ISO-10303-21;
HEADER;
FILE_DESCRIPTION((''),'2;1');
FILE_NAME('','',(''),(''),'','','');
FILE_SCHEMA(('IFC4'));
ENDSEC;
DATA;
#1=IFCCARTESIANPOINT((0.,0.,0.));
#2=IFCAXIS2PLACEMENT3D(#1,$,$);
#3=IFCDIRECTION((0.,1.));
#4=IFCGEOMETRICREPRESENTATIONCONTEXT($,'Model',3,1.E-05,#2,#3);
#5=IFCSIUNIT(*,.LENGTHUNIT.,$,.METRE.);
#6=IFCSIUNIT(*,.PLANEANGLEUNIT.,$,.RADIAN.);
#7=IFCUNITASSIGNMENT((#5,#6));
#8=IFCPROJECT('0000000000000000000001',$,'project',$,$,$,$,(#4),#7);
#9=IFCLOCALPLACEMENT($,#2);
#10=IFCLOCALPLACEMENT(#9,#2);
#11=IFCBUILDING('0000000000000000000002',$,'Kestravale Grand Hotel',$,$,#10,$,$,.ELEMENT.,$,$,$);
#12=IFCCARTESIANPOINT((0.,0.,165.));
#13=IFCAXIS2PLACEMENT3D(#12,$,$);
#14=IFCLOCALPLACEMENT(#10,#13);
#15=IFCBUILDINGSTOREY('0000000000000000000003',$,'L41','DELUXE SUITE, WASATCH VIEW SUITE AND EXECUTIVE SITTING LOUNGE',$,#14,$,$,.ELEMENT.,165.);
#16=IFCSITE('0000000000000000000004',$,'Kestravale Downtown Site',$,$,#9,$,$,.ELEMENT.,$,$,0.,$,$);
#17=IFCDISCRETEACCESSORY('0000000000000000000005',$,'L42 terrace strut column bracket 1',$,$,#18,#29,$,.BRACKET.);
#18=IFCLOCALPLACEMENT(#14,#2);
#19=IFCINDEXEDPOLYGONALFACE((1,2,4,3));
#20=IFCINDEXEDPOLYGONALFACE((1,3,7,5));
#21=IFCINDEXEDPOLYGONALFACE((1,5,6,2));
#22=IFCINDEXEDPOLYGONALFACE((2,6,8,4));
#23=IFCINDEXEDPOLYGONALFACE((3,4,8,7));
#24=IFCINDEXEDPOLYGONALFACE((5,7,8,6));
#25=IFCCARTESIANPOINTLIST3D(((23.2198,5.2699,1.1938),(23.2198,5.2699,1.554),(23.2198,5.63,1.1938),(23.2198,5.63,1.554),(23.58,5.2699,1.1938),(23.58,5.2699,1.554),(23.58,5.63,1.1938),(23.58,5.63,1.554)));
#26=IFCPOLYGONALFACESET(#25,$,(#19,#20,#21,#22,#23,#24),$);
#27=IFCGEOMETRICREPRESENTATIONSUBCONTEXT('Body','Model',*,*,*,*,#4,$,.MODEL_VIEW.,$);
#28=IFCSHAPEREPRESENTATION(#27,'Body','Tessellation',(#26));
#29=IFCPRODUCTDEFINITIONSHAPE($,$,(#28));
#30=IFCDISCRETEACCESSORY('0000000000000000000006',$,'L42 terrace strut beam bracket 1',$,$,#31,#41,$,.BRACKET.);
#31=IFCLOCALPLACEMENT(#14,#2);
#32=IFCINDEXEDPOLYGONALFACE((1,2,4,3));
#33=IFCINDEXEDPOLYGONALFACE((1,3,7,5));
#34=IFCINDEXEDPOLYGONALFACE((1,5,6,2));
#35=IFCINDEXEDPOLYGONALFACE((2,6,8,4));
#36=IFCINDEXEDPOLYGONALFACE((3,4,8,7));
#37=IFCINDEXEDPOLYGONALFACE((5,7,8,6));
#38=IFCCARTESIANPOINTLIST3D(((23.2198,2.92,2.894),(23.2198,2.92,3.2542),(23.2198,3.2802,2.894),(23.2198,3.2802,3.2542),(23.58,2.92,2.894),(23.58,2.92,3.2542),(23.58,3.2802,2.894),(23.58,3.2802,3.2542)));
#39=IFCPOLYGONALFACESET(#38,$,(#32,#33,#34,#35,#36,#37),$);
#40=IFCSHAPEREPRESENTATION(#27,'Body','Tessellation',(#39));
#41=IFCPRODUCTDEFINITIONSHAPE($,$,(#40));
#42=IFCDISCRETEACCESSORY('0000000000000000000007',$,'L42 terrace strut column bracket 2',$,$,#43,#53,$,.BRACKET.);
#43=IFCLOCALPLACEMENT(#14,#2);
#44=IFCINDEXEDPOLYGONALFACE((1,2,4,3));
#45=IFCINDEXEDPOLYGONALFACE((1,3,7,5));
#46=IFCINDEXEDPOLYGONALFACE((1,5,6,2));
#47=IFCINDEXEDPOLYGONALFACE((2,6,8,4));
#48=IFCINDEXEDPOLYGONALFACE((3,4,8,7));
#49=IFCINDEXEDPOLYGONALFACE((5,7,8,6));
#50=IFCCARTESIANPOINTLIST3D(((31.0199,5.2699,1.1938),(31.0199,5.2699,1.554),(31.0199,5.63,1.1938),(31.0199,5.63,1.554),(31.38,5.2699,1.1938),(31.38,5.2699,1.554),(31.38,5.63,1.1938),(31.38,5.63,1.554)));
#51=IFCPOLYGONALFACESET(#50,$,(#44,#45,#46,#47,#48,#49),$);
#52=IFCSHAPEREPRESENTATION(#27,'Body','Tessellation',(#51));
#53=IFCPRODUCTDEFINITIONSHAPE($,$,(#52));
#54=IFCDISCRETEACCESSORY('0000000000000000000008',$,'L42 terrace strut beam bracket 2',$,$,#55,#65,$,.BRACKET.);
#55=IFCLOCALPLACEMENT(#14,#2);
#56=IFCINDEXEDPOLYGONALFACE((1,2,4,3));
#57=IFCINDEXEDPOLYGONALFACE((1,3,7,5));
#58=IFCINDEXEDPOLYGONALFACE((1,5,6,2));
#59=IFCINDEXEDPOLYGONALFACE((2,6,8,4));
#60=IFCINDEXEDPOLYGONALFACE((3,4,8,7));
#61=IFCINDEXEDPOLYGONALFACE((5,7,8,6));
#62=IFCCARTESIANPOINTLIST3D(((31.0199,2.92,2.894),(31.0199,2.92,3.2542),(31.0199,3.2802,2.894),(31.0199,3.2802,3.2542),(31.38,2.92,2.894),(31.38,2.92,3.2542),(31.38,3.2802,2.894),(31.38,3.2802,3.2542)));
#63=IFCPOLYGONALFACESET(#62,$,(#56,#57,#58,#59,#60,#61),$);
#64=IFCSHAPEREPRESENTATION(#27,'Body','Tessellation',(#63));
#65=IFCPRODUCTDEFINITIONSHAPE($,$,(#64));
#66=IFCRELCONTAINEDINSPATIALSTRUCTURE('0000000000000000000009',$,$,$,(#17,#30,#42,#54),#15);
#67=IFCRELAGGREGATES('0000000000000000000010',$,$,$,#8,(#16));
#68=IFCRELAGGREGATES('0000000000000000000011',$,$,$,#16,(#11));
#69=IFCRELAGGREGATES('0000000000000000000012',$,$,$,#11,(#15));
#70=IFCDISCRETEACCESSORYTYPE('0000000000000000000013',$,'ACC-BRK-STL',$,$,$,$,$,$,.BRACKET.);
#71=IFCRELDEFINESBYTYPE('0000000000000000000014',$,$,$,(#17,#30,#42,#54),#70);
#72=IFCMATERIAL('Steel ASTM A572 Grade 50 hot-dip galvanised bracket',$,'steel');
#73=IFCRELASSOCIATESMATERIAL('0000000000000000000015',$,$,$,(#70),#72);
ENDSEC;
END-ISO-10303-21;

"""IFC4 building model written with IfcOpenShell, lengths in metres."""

from ifc_helpers import new_model, si_unit, direction, frame, origin, origin_2d, place, context, subcontext, project, spatial, rectangle, extrude, material, type_object, element, save


model = new_model("IFC4")

# Units and contexts
model_context = context("Model", 3, precision=1e-05, world=origin(), true_north=direction((0.0, 1.0)))
body_context = subcontext(model_context, "Body", "Model", "MODEL_VIEW")
ifc_project = project(units=[si_unit("LENGTHUNIT", "METRE"), si_unit("PLANEANGLEUNIT", "RADIAN")], contexts=[model_context])

# Site, building, storey
site_placement = place(None, origin())
site = spatial("IfcSite", under=ifc_project, at=site_placement, Name="Kestravale Downtown Site", CompositionType="ELEMENT", RefElevation=0.0)
building_placement = place(site_placement, origin())
building = spatial("IfcBuilding", under=site, at=building_placement, Name="Kestravale Grand Hotel", CompositionType="ELEMENT")
storey_placement = place(building_placement, frame((0.0, 0.0, 165.0)))
storey = spatial("IfcBuildingStorey", under=building, at=storey_placement, Name="L41", Description="DELUXE SUITE, WASATCH VIEW SUITE AND EXECUTIVE SITTING LOUNGE", CompositionType="ELEMENT", Elevation=165.0)

# Discrete accessories
ifc_material_1 = material(Name="Steel ASTM A572 Grade 50 hot-dip galvanised bracket", Category="steel")
discrete_accessory_type = type_object("IfcDiscreteAccessoryType", Name="ACC-BRK-STL", PredefinedType="BRACKET", material=ifc_material_1)
for number, where, z_axis, x_axis, name in (
    (1, (23.3999, 5.45, 1.1938), (0.0, 0.0, 1.0), (1.0, 0.0, 0.0), "L42 terrace strut column bracket 1"),
    (2, (23.3999, 3.1001, 2.894), (0.0, 0.0, 1.0), (1.0, 0.0, 0.0), "L42 terrace strut beam bracket 1"),
    (3, (31.2, 5.45, 1.1938), (0.0, 0.0, 1.0), (1.0, 0.0, 0.0), "L42 terrace strut column bracket 2"),
    (4, (31.2, 3.1001, 2.894), (0.0, 0.0, 1.0), (1.0, 0.0, 0.0), "L42 terrace strut beam bracket 2"),
):
    element("IfcDiscreteAccessory", number, at=place(storey_placement, frame(where, z_axis=z_axis, x_axis=x_axis)), inside=storey, type_object=discrete_accessory_type, Name=name, PredefinedType="BRACKET", context=body_context, shape_type="SweptSolid", body=[
        extrude(rectangle(XDim=0.3601, YDim=0.3601, at=origin_2d()), origin(), (0.0, 0.0, 1.0), 0.3601),
    ])

save(model, "model.ifc")
